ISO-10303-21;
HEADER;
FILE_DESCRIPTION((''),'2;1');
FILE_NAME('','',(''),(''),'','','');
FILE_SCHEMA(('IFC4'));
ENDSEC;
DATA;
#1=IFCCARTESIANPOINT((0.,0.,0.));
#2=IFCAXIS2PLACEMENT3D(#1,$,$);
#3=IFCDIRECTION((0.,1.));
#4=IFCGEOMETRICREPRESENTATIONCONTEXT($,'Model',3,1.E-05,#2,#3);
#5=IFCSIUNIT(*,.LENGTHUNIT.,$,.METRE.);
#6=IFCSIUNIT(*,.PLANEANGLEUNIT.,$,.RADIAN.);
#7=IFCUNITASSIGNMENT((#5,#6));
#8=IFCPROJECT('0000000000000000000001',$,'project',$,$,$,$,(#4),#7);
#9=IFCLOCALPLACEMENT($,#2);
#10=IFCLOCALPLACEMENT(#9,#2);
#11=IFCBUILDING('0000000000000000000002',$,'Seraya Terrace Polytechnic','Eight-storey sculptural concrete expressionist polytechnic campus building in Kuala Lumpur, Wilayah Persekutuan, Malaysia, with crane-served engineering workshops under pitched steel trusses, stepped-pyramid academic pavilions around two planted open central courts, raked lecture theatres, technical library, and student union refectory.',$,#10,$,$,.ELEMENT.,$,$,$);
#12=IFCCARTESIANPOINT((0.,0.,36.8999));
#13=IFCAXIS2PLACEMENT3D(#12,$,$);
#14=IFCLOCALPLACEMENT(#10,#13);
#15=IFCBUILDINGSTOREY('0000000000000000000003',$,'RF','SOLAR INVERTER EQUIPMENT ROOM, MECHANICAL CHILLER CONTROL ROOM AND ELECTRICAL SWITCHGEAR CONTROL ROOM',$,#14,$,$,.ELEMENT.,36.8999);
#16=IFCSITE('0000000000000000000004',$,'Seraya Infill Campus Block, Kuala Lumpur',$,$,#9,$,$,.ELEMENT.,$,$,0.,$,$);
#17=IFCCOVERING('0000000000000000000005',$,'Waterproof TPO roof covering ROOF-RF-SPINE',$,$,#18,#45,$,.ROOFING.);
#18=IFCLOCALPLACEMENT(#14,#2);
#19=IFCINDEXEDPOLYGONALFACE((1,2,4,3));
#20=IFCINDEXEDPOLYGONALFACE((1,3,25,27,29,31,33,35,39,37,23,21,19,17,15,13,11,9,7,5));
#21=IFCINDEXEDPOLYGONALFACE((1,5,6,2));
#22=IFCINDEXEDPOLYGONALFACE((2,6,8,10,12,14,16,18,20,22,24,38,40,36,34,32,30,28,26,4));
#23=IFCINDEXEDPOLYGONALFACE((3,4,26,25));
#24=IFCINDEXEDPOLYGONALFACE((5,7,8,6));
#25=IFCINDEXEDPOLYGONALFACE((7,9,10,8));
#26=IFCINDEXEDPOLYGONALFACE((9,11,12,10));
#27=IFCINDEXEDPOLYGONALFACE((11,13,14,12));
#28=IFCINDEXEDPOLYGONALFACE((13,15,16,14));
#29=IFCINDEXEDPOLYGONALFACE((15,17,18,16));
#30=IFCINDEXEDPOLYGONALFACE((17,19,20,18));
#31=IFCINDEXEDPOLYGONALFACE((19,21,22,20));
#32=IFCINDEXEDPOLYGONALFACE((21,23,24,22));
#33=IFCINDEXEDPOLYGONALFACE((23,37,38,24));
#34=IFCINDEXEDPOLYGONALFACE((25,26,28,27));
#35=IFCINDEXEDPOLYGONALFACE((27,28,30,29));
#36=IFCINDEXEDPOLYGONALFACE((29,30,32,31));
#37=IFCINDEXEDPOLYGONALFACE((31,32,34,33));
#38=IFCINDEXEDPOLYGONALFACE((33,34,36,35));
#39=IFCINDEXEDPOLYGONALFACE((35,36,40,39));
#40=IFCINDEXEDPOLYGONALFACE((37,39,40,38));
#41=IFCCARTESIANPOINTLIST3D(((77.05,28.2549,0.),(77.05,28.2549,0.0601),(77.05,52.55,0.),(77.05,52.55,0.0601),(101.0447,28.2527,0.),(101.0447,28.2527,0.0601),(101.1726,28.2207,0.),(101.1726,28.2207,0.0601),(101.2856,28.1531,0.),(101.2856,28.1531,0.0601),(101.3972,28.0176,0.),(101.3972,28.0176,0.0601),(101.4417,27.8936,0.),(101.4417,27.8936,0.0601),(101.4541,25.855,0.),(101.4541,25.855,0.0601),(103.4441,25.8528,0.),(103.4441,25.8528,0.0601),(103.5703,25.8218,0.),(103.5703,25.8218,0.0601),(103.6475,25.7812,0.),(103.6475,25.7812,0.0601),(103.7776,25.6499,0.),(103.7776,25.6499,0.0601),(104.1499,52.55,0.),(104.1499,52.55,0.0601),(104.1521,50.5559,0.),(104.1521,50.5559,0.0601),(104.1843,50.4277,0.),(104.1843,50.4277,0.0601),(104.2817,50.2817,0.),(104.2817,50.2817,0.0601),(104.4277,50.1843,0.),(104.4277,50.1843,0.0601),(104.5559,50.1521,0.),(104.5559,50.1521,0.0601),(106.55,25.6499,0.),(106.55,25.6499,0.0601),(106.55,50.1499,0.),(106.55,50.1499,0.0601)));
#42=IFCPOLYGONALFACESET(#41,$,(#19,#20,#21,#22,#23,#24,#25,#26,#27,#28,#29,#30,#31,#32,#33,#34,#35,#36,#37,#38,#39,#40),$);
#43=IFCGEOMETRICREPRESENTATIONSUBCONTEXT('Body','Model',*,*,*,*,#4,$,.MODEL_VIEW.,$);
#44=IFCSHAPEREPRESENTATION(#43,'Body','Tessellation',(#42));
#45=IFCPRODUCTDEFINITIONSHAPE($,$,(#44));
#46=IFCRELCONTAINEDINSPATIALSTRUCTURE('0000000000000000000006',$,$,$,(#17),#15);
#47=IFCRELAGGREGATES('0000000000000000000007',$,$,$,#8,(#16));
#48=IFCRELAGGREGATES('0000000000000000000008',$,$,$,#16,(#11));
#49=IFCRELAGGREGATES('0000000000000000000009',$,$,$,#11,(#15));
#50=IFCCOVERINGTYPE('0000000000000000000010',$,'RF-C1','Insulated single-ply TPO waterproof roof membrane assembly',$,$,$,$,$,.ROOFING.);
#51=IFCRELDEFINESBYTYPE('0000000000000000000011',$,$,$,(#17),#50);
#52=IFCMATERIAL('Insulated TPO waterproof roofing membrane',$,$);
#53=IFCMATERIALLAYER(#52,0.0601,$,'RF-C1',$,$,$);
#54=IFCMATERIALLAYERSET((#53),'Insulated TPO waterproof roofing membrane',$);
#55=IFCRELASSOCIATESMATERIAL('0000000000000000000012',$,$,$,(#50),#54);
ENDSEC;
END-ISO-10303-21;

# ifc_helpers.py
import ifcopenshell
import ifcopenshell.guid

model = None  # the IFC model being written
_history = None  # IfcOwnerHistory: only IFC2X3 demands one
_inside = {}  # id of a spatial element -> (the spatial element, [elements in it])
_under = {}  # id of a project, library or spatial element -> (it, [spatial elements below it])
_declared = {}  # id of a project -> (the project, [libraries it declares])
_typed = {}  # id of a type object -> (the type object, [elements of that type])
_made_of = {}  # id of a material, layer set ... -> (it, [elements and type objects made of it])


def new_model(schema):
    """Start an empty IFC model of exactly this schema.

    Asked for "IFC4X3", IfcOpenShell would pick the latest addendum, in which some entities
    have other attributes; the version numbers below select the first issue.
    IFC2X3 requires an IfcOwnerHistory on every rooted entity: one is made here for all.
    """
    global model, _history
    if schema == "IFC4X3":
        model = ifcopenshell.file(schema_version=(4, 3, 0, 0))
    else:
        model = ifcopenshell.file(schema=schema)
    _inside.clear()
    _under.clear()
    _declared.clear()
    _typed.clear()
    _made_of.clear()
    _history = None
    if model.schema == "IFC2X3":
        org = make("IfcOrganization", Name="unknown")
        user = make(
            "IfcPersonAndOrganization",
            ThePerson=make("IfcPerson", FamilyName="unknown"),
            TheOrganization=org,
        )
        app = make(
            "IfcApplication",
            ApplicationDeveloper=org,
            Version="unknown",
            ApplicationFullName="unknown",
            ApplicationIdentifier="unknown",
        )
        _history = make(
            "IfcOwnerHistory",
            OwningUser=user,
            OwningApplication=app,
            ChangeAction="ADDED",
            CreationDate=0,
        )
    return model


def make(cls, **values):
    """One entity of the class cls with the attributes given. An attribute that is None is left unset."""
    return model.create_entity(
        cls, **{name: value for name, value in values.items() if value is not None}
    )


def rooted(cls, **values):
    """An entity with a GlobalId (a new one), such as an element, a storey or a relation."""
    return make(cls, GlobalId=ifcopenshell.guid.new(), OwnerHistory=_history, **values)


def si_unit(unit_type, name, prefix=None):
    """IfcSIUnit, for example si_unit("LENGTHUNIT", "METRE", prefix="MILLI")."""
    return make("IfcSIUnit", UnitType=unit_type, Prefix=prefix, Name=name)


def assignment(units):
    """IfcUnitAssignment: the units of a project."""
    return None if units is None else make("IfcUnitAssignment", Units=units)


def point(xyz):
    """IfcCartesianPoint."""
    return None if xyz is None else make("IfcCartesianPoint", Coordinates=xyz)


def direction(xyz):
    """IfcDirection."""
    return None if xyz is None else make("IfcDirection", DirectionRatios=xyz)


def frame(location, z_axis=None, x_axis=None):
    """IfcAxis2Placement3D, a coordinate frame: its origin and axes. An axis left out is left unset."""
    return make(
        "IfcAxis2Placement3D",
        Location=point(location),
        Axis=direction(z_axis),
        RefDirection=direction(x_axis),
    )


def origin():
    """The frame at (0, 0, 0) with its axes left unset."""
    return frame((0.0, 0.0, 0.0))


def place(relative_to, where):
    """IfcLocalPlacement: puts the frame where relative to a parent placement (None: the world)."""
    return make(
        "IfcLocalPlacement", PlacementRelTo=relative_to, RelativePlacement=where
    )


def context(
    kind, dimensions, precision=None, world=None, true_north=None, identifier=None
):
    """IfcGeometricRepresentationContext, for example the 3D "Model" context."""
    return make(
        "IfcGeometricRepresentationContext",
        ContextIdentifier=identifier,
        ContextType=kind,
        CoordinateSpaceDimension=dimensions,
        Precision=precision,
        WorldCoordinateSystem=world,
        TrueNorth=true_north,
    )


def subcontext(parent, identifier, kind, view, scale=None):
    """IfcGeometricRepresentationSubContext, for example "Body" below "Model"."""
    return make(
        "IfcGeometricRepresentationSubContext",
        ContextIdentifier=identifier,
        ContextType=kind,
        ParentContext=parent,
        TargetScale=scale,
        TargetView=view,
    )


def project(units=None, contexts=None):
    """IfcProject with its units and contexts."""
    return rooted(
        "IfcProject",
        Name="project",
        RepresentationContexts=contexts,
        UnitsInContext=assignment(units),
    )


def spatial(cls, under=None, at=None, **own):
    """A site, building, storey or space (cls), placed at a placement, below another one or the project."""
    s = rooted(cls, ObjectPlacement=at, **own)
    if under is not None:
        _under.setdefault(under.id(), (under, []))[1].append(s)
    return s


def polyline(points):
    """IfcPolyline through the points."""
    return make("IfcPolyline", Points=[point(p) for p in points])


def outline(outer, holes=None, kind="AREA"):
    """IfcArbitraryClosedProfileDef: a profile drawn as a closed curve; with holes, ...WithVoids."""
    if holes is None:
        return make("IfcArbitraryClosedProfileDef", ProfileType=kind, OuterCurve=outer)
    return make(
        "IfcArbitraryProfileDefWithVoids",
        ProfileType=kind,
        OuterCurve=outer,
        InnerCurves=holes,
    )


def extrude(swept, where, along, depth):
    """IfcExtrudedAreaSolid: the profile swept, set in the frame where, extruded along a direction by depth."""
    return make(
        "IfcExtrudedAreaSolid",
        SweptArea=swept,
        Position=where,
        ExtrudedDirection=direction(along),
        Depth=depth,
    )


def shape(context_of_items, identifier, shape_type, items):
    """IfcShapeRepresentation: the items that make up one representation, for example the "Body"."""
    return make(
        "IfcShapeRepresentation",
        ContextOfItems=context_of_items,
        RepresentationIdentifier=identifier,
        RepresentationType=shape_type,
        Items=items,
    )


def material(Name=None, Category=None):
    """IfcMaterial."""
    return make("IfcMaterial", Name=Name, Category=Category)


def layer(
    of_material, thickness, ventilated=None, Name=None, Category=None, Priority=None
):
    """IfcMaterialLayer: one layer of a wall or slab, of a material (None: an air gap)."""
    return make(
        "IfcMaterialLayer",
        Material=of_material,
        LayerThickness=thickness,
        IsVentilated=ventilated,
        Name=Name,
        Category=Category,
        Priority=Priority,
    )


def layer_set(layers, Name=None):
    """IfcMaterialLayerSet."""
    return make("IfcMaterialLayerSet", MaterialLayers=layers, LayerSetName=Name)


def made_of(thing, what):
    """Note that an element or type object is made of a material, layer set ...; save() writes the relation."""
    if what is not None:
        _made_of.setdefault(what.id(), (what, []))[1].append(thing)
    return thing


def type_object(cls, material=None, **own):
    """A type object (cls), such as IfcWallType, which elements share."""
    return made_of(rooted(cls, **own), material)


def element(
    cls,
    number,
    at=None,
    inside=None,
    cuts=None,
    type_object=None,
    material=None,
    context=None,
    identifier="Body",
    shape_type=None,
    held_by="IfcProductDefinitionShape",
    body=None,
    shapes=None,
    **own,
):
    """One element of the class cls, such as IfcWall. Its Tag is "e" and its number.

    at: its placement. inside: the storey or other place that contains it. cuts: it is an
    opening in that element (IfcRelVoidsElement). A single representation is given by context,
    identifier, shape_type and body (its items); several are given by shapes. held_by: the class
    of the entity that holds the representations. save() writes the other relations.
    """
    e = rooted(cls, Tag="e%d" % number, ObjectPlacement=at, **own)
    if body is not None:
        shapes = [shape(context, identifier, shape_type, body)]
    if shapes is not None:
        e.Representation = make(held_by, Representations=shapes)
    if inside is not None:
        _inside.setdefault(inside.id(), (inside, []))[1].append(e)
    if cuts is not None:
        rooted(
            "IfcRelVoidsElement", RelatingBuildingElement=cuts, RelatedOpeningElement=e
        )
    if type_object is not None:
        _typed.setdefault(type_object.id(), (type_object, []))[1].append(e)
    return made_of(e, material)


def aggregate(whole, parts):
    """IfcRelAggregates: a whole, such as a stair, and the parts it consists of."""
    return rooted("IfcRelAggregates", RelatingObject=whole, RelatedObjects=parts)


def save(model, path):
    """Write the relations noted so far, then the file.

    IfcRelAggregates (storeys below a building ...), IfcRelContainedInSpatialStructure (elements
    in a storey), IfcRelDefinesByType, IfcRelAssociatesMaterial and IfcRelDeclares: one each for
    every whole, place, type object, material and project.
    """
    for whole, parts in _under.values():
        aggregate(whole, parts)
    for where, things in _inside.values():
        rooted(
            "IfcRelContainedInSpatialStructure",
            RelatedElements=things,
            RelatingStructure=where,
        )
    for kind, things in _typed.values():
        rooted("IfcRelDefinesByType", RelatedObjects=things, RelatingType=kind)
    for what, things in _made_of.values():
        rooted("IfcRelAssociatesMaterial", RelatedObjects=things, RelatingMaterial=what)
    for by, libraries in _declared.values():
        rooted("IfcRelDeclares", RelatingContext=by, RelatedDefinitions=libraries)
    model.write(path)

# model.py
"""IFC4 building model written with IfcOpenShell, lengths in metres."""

from ifc_helpers import new_model, si_unit, direction, frame, origin, place, context, subcontext, project, spatial, polyline, outline, extrude, material, layer, layer_set, type_object, element, save


model = new_model("IFC4")

# Units and contexts
model_context = context("Model", 3, precision=1e-05, world=origin(), true_north=direction((0.0, 1.0)))
body_context = subcontext(model_context, "Body", "Model", "MODEL_VIEW")
ifc_project = project(units=[si_unit("LENGTHUNIT", "METRE"), si_unit("PLANEANGLEUNIT", "RADIAN")], contexts=[model_context])

# Site, building, storey
site_placement = place(None, origin())
site = spatial("IfcSite", under=ifc_project, at=site_placement, Name="Seraya Infill Campus Block, Kuala Lumpur", CompositionType="ELEMENT", RefElevation=0.0)
building_placement = place(site_placement, origin())
building = spatial("IfcBuilding", under=site, at=building_placement, Name="Seraya Terrace Polytechnic", Description="Eight-storey sculptural concrete expressionist polytechnic campus building in Kuala Lumpur, Wilayah Persekutuan, Malaysia, with crane-served engineering workshops under pitched steel trusses, stepped-pyramid academic pavilions around two planted open central courts, raked lecture theatres, technical library, and student union refectory.", CompositionType="ELEMENT")
storey_placement = place(building_placement, frame((0.0, 0.0, 36.8999)))
storey = spatial("IfcBuildingStorey", under=building, at=storey_placement, Name="RF", Description="SOLAR INVERTER EQUIPMENT ROOM, MECHANICAL CHILLER CONTROL ROOM AND ELECTRICAL SWITCHGEAR CONTROL ROOM", CompositionType="ELEMENT", Elevation=36.8999)

# Covering
ifc_material_1 = material(Name="Insulated TPO waterproof roofing membrane")
ifc_layer_1 = layer(ifc_material_1, 0.0601, Name="RF-C1")
ifc_layer_set_1 = layer_set([ifc_layer_1], Name="Insulated TPO waterproof roofing membrane")
covering_type = type_object("IfcCoveringType", Name="RF-C1", Description="Insulated single-ply TPO waterproof roof membrane assembly", PredefinedType="ROOFING", material=ifc_layer_set_1)
covering_1_placement = place(storey_placement, origin())
element("IfcCovering", 1, at=covering_1_placement, inside=storey, type_object=covering_type, Name="Waterproof TPO roof covering ROOF-RF-SPINE", PredefinedType="ROOFING", context=body_context, shape_type="SweptSolid", body=[
    extrude(outline(polyline([(77.05, 52.55), (104.1499, 52.55), (104.1521, 50.5559), (104.1843, 50.4277), (104.2817, 50.2817), (104.4277, 50.1843), (104.5559, 50.1521), (106.55, 50.1499), (106.55, 25.6499), (103.7776, 25.6499), (103.6475, 25.7812), (103.5703, 25.8218), (103.4441, 25.8528), (101.4541, 25.855), (101.4417, 27.8936), (101.3972, 28.0176), (101.2856, 28.1531), (101.1726, 28.2207), (101.0447, 28.2527), (77.05, 28.2549), (77.05, 52.55)])), origin(), (0.0, 0.0, 1.0), 0.0601),
])

save(model, "model.ifc")
